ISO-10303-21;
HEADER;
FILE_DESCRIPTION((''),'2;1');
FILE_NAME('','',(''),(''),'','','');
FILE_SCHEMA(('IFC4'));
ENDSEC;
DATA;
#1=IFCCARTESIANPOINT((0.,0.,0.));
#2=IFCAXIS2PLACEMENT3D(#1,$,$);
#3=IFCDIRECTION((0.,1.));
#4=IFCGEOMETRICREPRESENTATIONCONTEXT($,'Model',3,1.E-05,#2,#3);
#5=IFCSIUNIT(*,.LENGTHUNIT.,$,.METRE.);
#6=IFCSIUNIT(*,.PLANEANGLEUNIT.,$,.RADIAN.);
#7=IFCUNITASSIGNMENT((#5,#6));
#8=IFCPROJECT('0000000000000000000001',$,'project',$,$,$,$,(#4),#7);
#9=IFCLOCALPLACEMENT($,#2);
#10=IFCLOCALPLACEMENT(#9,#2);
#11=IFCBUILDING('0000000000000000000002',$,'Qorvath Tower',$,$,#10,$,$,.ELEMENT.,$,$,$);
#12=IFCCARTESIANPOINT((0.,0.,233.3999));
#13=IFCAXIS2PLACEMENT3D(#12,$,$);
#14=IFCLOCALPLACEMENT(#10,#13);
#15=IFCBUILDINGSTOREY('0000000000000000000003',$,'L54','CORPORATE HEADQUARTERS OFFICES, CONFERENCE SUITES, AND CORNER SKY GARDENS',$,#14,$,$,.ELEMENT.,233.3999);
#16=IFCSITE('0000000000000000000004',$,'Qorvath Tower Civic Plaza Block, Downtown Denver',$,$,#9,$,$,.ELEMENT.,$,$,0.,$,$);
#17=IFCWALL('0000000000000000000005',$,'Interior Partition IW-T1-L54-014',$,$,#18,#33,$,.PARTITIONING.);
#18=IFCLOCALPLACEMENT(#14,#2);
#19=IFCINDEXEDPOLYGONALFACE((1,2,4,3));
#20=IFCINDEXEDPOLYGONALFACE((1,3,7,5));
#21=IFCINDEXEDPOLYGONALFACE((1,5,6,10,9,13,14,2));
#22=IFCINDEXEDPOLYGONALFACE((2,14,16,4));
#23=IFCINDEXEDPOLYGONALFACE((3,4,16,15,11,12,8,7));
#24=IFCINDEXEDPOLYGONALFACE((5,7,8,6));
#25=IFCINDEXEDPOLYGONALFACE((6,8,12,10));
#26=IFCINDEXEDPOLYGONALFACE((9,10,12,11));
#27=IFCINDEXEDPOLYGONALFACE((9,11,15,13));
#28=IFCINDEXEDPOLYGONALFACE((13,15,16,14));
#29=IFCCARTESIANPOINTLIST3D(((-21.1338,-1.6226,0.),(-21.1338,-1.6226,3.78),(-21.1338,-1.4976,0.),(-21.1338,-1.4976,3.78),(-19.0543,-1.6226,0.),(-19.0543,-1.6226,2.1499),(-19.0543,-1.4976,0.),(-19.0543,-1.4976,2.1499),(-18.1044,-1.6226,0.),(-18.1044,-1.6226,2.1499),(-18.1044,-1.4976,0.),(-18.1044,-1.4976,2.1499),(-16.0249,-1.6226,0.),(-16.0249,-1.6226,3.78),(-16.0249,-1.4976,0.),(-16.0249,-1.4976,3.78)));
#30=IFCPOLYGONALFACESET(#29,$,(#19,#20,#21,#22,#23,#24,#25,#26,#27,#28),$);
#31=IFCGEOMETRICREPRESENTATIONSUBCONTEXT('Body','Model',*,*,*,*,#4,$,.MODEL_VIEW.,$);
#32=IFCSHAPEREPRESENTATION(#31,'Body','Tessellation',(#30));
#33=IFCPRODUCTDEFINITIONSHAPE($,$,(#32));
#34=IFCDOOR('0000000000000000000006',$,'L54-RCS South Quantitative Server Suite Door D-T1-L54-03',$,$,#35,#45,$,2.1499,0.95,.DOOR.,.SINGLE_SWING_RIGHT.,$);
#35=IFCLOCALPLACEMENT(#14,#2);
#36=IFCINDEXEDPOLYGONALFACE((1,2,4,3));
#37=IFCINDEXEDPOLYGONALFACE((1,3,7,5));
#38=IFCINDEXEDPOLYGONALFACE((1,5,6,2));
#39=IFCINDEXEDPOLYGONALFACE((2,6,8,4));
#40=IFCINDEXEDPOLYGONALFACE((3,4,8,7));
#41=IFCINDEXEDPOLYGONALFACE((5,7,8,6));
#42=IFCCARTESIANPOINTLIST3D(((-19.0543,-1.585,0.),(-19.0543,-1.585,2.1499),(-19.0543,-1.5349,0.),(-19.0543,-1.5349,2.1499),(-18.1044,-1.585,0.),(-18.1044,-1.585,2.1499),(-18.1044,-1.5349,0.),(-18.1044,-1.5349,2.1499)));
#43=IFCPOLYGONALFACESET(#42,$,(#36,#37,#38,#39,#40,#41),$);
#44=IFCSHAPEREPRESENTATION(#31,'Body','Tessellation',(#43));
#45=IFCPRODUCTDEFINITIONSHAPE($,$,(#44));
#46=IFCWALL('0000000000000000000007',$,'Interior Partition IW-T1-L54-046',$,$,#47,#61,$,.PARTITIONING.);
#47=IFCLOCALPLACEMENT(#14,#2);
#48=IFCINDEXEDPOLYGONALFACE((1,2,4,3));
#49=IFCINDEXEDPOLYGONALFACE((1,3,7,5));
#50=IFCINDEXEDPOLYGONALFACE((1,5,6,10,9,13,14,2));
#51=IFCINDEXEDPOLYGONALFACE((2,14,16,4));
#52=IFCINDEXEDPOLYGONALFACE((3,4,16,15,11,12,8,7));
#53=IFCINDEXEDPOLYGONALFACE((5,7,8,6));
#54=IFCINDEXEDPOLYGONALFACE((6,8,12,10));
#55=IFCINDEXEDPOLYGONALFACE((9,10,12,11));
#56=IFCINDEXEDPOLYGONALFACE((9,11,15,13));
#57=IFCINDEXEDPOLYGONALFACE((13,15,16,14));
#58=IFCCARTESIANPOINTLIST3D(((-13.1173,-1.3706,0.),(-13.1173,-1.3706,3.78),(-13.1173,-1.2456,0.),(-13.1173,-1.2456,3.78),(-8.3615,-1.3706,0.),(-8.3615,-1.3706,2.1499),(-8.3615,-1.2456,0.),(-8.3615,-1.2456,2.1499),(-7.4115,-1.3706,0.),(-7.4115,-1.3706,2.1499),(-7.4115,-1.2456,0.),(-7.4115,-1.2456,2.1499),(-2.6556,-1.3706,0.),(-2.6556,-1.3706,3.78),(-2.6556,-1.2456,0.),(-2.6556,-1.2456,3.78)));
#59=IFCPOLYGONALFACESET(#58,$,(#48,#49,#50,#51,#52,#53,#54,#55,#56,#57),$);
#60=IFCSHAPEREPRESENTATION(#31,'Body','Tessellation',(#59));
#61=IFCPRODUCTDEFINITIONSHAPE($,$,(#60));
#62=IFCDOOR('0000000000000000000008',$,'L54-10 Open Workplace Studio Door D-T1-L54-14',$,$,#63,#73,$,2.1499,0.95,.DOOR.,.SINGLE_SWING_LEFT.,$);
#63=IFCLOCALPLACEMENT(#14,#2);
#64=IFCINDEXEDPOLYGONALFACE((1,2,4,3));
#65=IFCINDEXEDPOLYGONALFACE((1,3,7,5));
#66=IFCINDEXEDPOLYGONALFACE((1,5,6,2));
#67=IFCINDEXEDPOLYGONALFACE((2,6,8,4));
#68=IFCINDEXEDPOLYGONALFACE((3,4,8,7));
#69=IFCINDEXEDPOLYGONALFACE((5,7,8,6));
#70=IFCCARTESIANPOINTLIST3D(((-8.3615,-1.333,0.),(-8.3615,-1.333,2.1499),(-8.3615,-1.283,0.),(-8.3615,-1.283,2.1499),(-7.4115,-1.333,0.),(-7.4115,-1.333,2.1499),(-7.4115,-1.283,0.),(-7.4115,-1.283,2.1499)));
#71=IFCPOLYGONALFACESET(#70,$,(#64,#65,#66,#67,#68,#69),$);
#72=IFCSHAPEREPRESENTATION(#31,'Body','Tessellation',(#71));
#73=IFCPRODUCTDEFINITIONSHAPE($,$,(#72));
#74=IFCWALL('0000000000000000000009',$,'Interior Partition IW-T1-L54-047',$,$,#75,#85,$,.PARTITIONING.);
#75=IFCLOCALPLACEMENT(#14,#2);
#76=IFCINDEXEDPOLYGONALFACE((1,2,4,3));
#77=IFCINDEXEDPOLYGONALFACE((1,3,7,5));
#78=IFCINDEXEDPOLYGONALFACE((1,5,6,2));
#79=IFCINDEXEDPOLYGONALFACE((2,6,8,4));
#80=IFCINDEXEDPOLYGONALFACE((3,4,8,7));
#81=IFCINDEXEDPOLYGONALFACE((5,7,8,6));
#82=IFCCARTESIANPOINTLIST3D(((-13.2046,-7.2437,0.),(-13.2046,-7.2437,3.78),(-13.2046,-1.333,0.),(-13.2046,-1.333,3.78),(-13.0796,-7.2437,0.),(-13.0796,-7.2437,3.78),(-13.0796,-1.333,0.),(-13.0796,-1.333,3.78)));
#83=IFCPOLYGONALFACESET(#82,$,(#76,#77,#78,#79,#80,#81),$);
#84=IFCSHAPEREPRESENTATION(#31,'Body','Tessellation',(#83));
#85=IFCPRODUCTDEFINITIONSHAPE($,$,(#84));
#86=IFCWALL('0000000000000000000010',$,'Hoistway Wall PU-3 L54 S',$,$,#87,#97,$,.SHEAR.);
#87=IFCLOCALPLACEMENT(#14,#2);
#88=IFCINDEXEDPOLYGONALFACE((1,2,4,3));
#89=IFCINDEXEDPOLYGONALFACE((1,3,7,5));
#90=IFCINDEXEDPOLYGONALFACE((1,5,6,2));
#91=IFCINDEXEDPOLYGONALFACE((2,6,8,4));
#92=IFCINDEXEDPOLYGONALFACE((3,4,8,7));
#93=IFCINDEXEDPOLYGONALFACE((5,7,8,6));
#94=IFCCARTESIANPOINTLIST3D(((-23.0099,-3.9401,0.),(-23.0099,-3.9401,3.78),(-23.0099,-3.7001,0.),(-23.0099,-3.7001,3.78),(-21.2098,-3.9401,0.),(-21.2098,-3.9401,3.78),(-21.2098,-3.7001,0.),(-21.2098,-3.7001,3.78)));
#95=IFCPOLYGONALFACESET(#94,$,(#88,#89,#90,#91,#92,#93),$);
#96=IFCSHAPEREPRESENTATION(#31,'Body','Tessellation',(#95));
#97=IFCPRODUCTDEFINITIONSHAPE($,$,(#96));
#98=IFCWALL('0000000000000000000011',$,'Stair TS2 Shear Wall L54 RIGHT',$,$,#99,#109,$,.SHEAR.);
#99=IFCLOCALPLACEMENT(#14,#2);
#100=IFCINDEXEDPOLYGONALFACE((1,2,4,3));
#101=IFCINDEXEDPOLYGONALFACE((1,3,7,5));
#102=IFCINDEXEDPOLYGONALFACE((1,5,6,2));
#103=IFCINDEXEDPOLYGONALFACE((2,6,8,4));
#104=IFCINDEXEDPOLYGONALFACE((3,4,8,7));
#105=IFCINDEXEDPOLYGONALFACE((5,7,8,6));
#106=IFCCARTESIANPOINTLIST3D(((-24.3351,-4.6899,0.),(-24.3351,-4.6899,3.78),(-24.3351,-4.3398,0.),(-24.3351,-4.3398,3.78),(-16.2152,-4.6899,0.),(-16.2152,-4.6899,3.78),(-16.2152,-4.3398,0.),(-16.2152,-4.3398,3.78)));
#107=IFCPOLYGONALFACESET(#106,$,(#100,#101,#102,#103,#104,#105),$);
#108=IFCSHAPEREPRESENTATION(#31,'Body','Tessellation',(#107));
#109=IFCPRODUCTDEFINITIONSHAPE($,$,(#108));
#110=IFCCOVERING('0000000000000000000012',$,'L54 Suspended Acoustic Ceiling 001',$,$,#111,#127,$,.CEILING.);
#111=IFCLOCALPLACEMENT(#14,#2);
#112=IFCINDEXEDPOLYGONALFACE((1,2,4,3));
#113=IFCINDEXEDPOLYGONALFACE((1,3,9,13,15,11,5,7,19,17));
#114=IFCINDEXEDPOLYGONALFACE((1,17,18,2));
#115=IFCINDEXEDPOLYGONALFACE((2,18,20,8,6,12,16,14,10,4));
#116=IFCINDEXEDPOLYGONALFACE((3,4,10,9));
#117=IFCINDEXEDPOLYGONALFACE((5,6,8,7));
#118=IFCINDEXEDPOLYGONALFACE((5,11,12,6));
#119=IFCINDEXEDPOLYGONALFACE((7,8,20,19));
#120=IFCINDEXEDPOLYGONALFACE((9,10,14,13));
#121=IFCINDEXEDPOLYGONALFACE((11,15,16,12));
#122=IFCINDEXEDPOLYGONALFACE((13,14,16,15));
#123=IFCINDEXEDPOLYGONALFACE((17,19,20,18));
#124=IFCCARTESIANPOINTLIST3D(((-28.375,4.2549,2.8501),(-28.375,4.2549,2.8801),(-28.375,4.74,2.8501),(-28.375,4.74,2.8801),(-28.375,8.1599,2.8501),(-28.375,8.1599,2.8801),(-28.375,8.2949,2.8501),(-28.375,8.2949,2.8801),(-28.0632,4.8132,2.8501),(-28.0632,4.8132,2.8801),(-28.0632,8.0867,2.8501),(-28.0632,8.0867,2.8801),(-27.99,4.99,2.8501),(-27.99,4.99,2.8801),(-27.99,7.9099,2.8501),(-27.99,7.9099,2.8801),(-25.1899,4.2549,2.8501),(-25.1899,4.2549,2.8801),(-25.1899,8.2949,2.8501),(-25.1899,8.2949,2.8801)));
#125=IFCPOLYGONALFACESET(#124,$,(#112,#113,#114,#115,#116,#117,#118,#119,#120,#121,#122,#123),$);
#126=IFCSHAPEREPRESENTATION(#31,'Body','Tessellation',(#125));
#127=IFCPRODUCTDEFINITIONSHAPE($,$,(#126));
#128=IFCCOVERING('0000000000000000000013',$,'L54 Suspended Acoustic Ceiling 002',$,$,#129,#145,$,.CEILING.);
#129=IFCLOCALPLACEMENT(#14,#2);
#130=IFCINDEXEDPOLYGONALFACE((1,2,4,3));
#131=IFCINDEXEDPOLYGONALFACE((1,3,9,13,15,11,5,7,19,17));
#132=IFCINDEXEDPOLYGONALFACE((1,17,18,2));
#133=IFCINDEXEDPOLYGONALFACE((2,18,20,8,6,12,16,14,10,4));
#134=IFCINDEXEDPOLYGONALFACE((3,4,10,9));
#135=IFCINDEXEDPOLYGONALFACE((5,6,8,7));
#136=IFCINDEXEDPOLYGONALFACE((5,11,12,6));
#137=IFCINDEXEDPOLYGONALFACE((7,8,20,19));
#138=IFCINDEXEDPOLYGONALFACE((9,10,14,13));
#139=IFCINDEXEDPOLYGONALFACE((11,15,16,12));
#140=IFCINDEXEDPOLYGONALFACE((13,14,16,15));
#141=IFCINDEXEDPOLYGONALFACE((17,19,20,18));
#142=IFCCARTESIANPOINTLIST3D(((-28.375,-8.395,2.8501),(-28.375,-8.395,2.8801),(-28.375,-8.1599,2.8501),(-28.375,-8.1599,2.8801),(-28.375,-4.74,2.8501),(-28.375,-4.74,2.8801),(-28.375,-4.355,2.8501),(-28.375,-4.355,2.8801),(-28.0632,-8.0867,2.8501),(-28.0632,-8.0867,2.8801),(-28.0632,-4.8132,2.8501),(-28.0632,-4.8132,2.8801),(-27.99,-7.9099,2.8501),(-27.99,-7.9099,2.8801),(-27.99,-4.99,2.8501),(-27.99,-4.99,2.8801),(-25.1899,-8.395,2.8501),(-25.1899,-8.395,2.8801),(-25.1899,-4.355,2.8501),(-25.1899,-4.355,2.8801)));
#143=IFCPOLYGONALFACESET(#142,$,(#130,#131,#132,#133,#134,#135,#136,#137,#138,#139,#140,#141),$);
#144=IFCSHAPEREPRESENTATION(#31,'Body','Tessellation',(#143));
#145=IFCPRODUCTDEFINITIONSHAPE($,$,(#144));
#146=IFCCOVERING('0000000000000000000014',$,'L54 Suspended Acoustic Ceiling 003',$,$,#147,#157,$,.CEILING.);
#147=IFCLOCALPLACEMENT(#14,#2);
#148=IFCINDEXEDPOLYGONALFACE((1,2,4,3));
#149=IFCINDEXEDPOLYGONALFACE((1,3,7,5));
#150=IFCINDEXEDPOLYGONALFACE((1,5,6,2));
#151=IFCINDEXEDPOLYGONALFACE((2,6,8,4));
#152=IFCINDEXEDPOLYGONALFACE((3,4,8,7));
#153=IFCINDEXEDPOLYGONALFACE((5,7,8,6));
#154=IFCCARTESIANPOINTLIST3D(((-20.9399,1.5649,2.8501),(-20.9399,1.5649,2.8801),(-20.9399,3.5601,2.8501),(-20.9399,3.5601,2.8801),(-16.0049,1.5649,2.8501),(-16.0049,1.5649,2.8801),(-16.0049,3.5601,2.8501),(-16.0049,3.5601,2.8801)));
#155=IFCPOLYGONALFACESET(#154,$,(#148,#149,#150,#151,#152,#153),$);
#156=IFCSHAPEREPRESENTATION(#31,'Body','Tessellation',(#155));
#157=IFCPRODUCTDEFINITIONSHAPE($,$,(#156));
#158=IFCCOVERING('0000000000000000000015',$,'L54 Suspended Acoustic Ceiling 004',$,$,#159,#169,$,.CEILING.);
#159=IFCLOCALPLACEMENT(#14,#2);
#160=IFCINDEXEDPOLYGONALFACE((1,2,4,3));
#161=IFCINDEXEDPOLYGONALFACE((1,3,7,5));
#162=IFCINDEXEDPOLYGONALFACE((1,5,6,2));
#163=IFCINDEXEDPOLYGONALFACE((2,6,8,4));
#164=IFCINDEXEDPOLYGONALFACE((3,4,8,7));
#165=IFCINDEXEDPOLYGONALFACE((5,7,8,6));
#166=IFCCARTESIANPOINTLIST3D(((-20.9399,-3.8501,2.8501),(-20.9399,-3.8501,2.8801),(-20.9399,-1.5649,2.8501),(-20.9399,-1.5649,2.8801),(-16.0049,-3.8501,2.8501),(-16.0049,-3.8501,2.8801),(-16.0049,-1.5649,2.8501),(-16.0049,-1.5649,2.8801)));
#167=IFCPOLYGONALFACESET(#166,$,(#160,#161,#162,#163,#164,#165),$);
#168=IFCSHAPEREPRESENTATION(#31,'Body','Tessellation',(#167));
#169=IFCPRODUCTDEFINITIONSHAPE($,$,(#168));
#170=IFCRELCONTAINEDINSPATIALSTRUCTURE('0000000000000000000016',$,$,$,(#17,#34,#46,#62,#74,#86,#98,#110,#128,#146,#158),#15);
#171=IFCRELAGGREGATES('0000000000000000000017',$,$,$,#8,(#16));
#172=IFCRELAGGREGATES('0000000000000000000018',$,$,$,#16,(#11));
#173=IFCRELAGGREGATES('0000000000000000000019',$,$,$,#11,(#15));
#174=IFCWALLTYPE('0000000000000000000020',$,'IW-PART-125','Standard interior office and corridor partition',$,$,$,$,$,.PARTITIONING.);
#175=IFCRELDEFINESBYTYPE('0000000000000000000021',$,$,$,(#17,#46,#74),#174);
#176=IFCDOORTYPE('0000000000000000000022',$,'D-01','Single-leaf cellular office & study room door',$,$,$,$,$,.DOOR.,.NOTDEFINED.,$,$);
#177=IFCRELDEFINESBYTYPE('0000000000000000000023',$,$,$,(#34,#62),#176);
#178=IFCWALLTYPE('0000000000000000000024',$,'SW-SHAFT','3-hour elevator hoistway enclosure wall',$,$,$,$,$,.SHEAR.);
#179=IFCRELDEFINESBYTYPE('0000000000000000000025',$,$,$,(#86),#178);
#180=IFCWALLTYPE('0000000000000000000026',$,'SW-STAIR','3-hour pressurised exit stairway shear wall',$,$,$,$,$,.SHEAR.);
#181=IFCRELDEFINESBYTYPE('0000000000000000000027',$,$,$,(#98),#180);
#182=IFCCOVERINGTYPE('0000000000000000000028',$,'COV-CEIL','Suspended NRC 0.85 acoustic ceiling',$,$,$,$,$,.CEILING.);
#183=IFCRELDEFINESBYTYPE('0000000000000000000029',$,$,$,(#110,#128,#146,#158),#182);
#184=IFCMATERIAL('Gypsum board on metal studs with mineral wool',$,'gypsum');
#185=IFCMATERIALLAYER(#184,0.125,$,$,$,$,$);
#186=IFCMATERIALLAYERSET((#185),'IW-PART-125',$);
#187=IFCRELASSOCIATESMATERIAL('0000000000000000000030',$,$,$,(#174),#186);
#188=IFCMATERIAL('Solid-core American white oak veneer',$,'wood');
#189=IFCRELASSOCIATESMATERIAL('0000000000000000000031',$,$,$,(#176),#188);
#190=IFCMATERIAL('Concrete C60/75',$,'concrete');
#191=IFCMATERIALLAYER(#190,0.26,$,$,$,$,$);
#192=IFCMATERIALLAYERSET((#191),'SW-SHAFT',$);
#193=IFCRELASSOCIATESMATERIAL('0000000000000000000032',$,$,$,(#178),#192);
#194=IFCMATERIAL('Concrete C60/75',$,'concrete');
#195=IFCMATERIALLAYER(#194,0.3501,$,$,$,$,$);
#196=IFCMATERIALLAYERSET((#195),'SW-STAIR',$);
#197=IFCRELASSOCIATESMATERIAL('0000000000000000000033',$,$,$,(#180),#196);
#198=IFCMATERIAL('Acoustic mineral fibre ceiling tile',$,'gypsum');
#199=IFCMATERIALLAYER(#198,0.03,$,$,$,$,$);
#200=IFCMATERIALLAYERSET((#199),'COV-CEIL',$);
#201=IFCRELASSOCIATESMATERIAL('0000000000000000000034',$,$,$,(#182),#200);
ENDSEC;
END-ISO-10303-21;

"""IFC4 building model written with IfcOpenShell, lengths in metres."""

from ifc_helpers import new_model, si_unit, direction, frame, frame_2d, origin, place, context, subcontext, project, spatial, polyline, rectangle, outline, extrude, material, layer, layer_set, type_object, element, fill, save


model = new_model("IFC4")

# Units and contexts
model_context = context("Model", 3, precision=1e-05, world=origin(), true_north=direction((0.0, 1.0)))
body_context = subcontext(model_context, "Body", "Model", "MODEL_VIEW")
ifc_project = project(units=[si_unit("LENGTHUNIT", "METRE"), si_unit("PLANEANGLEUNIT", "RADIAN")], contexts=[model_context])

# Site, building, storey
site_placement = place(None, origin())
site = spatial("IfcSite", under=ifc_project, at=site_placement, Name="Qorvath Tower Civic Plaza Block, Downtown Denver", CompositionType="ELEMENT", RefElevation=0.0)
building_placement = place(site_placement, origin())
building = spatial("IfcBuilding", under=site, at=building_placement, Name="Qorvath Tower", CompositionType="ELEMENT")
storey_placement = place(building_placement, frame((0.0, 0.0, 233.3999)))
storey = spatial("IfcBuildingStorey", under=building, at=storey_placement, Name="L54", Description="CORPORATE HEADQUARTERS OFFICES, CONFERENCE SUITES, AND CORNER SKY GARDENS", CompositionType="ELEMENT", Elevation=233.3999)

# Shared definitions
ifc_material_1 = material(Name="Gypsum board on metal studs with mineral wool", Category="gypsum")
ifc_layer_1 = layer(ifc_material_1, 0.125)
ifc_layer_set_1 = layer_set([ifc_layer_1], Name="IW-PART-125")
wall_type_1 = type_object("IfcWallType", Name="IW-PART-125", Description="Standard interior office and corridor partition", PredefinedType="PARTITIONING", material=ifc_layer_set_1)

# Walls, openings, doors
wall_1_placement = place(storey_placement, frame((-16.0249, -1.5601, 0.0), z_axis=(0.0, 0.0, 1.0), x_axis=(-1.0, 0.0, 0.0)))
wall_1 = element("IfcWall", 1, at=wall_1_placement, inside=storey, type_object=wall_type_1, Name="Interior Partition IW-T1-L54-014", PredefinedType="PARTITIONING", context=body_context, shape_type="SweptSolid", body=[
    extrude(rectangle(XDim=5.1089, YDim=0.125, at=frame_2d((2.5544, 0.0))), origin(), (0.0, 0.0, 1.0), 3.78),
])
opening_1_placement = place(wall_1_placement, frame((2.0793, 0.0, 0.0)))
opening_1 = element("IfcOpeningElement", 2, at=opening_1_placement, cuts=wall_1, PredefinedType="OPENING", context=body_context, shape_type="SweptSolid", body=[
    extrude(rectangle(XDim=0.95, YDim=2.1499, at=frame_2d((0.4751, 1.075))), frame((0.0, 0.0725, 0.0), z_axis=(0.0, -1.0, 0.0), x_axis=(1.0, 0.0, 0.0)), (0.0, 0.0, 1.0), 0.145),
])
ifc_material_2 = material(Name="Solid-core American white oak veneer", Category="wood")
door_type = type_object("IfcDoorType", Name="D-01", Description="Single-leaf cellular office & study room door", OperationType="NOTDEFINED", PredefinedType="DOOR", material=ifc_material_2)
door_1_placement = place(opening_1_placement, origin())
door_1 = element("IfcDoor", 3, at=door_1_placement, inside=storey, type_object=door_type, Name="L54-RCS South Quantitative Server Suite Door D-T1-L54-03", OperationType="SINGLE_SWING_RIGHT", OverallHeight=2.1499, OverallWidth=0.95, PredefinedType="DOOR", context=body_context, shape_type="SweptSolid", body=[
    extrude(rectangle(XDim=0.95, YDim=2.1499, at=frame_2d((0.4751, 1.075))), frame((0.0, 0.0249, 0.0), z_axis=(0.0, -1.0, 0.0), x_axis=(1.0, 0.0, 0.0)), (0.0, 0.0, 1.0), 0.05),
])
fill(opening_1, door_1)
wall_2_placement = place(storey_placement, frame((-2.6555, -1.3081, 0.0), z_axis=(0.0, 0.0, 1.0), x_axis=(-1.0, 0.0, 0.0)))
wall_2 = element("IfcWall", 4, at=wall_2_placement, inside=storey, type_object=wall_type_1, Name="Interior Partition IW-T1-L54-046", PredefinedType="PARTITIONING", context=body_context, shape_type="SweptSolid", body=[
    extrude(rectangle(XDim=10.4617, YDim=0.125, at=frame_2d((5.231, 0.0))), origin(), (0.0, 0.0, 1.0), 3.78),
])
opening_2_placement = place(wall_2_placement, frame((4.7559, 0.0, 0.0)))
opening_2 = element("IfcOpeningElement", 5, at=opening_2_placement, cuts=wall_2, PredefinedType="OPENING", context=body_context, shape_type="SweptSolid", body=[
    extrude(rectangle(XDim=0.95, YDim=2.1499, at=frame_2d((0.4751, 1.075))), frame((0.0, 0.0725, 0.0), z_axis=(0.0, -1.0, 0.0), x_axis=(1.0, 0.0, 0.0)), (0.0, 0.0, 1.0), 0.145),
])
door_2_placement = place(opening_2_placement, origin())
door_2 = element("IfcDoor", 6, at=door_2_placement, inside=storey, type_object=door_type, Name="L54-10 Open Workplace Studio Door D-T1-L54-14", OperationType="SINGLE_SWING_LEFT", OverallHeight=2.1499, OverallWidth=0.95, PredefinedType="DOOR", context=body_context, shape_type="SweptSolid", body=[
    extrude(rectangle(XDim=0.95, YDim=2.1499, at=frame_2d((0.4751, 1.075))), frame((0.0, 0.0249, 0.0), z_axis=(0.0, -1.0, 0.0), x_axis=(1.0, 0.0, 0.0)), (0.0, 0.0, 1.0), 0.05),
])
fill(opening_2, door_2)

# Walls
wall_3_placement = place(storey_placement, frame((-13.1421, -1.333, 0.0), z_axis=(0.0, 0.0, 1.0), x_axis=(0.0, -1.0, 0.0)))
element("IfcWall", 7, at=wall_3_placement, inside=storey, type_object=wall_type_1, Name="Interior Partition IW-T1-L54-047", PredefinedType="PARTITIONING", context=body_context, shape_type="SweptSolid", body=[
    extrude(rectangle(XDim=5.9106, YDim=0.125, at=frame_2d((2.9553, 0.0))), origin(), (0.0, 0.0, 1.0), 3.78),
])
ifc_material_3 = material(Name="Concrete C60/75", Category="concrete")
ifc_layer_2 = layer(ifc_material_3, 0.26)
ifc_layer_set_2 = layer_set([ifc_layer_2], Name="SW-SHAFT")
wall_type_2 = type_object("IfcWallType", Name="SW-SHAFT", Description="3-hour elevator hoistway enclosure wall", PredefinedType="SHEAR", material=ifc_layer_set_2)
wall_4_placement = place(storey_placement, frame((-21.21, -3.8201, 0.0), z_axis=(0.0, 0.0, 1.0), x_axis=(-1.0, 0.0, 0.0)))
element("IfcWall", 8, at=wall_4_placement, inside=storey, type_object=wall_type_2, Name="Hoistway Wall PU-3 L54 S", PredefinedType="SHEAR", context=body_context, shape_type="SweptSolid", body=[
    extrude(rectangle(XDim=1.8, YDim=0.24, at=frame_2d((0.8999, 0.0))), origin(), (0.0, 0.0, 1.0), 3.78),
])
ifc_material_4 = material(Name="Concrete C60/75", Category="concrete")
ifc_layer_3 = layer(ifc_material_4, 0.3501)
ifc_layer_set_3 = layer_set([ifc_layer_3], Name="SW-STAIR")
wall_type_3 = type_object("IfcWallType", Name="SW-STAIR", Description="3-hour pressurised exit stairway shear wall", PredefinedType="SHEAR", material=ifc_layer_set_3)
wall_5_placement = place(storey_placement, frame((-16.2151, -4.5149, 0.0), z_axis=(0.0, 0.0, 1.0), x_axis=(-1.0, 0.0, 0.0)))
element("IfcWall", 9, at=wall_5_placement, inside=storey, type_object=wall_type_3, Name="Stair TS2 Shear Wall L54 RIGHT", PredefinedType="SHEAR", context=body_context, shape_type="SweptSolid", body=[
    extrude(rectangle(XDim=8.1199, YDim=0.3501, at=frame_2d((4.0601, 0.0))), origin(), (0.0, 0.0, 1.0), 3.78),
])

# Coverings
ifc_material_5 = material(Name="Acoustic mineral fibre ceiling tile", Category="gypsum")
ifc_layer_4 = layer(ifc_material_5, 0.03)
ifc_layer_set_4 = layer_set([ifc_layer_4], Name="COV-CEIL")
covering_type_1 = type_object("IfcCoveringType", Name="COV-CEIL", Description="Suspended NRC 0.85 acoustic ceiling", PredefinedType="CEILING", material=ifc_layer_set_4)
covering_1_placement = place(storey_placement, frame((0.0, 0.0, 2.8501)))
element("IfcCovering", 10, at=covering_1_placement, inside=storey, type_object=covering_type_1, Name="L54 Suspended Acoustic Ceiling 001", PredefinedType="CEILING", context=body_context, shape_type="SweptSolid", body=[
    extrude(outline(polyline([(-25.1899, 4.2549), (-25.1899, 8.2949), (-28.375, 8.2949), (-28.375, 8.1599), (-28.0632, 8.0867), (-27.99, 7.9099), (-27.99, 4.99), (-28.0632, 4.8132), (-28.375, 4.74), (-28.375, 4.2549), (-25.1899, 4.2549)])), origin(), (0.0, 0.0, 1.0), 0.03),
])
covering_2_placement = place(storey_placement, frame((0.0, 0.0, 2.8501)))
element("IfcCovering", 11, at=covering_2_placement, inside=storey, type_object=covering_type_1, Name="L54 Suspended Acoustic Ceiling 002", PredefinedType="CEILING", context=body_context, shape_type="SweptSolid", body=[
    extrude(outline(polyline([(-25.1899, -8.395), (-25.1899, -4.355), (-28.375, -4.355), (-28.375, -4.74), (-28.0632, -4.8132), (-27.99, -4.99), (-27.99, -7.9099), (-28.0632, -8.0867), (-28.375, -8.1599), (-28.375, -8.395), (-25.1899, -8.395)])), origin(), (0.0, 0.0, 1.0), 0.03),
])
covering_3_placement = place(storey_placement, frame((0.0, 0.0, 2.8501)))
element("IfcCovering", 12, at=covering_3_placement, inside=storey, type_object=covering_type_1, Name="L54 Suspended Acoustic Ceiling 003", PredefinedType="CEILING", context=body_context, shape_type="SweptSolid", body=[
    extrude(outline(polyline([(-16.0049, 3.5601), (-20.9399, 3.5601), (-20.9399, 1.5649), (-16.0049, 1.5649), (-16.0049, 3.5601)])), origin(), (0.0, 0.0, 1.0), 0.03),
])
covering_4_placement = place(storey_placement, frame((0.0, 0.0, 2.8501)))
element("IfcCovering", 13, at=covering_4_placement, inside=storey, type_object=covering_type_1, Name="L54 Suspended Acoustic Ceiling 004", PredefinedType="CEILING", context=body_context, shape_type="SweptSolid", body=[
    extrude(outline(polyline([(-20.9399, -1.5649), (-20.9399, -3.8501), (-16.0049, -3.8501), (-16.0049, -1.5649), (-20.9399, -1.5649)])), origin(), (0.0, 0.0, 1.0), 0.03),
])

save(model, "model.ifc")
